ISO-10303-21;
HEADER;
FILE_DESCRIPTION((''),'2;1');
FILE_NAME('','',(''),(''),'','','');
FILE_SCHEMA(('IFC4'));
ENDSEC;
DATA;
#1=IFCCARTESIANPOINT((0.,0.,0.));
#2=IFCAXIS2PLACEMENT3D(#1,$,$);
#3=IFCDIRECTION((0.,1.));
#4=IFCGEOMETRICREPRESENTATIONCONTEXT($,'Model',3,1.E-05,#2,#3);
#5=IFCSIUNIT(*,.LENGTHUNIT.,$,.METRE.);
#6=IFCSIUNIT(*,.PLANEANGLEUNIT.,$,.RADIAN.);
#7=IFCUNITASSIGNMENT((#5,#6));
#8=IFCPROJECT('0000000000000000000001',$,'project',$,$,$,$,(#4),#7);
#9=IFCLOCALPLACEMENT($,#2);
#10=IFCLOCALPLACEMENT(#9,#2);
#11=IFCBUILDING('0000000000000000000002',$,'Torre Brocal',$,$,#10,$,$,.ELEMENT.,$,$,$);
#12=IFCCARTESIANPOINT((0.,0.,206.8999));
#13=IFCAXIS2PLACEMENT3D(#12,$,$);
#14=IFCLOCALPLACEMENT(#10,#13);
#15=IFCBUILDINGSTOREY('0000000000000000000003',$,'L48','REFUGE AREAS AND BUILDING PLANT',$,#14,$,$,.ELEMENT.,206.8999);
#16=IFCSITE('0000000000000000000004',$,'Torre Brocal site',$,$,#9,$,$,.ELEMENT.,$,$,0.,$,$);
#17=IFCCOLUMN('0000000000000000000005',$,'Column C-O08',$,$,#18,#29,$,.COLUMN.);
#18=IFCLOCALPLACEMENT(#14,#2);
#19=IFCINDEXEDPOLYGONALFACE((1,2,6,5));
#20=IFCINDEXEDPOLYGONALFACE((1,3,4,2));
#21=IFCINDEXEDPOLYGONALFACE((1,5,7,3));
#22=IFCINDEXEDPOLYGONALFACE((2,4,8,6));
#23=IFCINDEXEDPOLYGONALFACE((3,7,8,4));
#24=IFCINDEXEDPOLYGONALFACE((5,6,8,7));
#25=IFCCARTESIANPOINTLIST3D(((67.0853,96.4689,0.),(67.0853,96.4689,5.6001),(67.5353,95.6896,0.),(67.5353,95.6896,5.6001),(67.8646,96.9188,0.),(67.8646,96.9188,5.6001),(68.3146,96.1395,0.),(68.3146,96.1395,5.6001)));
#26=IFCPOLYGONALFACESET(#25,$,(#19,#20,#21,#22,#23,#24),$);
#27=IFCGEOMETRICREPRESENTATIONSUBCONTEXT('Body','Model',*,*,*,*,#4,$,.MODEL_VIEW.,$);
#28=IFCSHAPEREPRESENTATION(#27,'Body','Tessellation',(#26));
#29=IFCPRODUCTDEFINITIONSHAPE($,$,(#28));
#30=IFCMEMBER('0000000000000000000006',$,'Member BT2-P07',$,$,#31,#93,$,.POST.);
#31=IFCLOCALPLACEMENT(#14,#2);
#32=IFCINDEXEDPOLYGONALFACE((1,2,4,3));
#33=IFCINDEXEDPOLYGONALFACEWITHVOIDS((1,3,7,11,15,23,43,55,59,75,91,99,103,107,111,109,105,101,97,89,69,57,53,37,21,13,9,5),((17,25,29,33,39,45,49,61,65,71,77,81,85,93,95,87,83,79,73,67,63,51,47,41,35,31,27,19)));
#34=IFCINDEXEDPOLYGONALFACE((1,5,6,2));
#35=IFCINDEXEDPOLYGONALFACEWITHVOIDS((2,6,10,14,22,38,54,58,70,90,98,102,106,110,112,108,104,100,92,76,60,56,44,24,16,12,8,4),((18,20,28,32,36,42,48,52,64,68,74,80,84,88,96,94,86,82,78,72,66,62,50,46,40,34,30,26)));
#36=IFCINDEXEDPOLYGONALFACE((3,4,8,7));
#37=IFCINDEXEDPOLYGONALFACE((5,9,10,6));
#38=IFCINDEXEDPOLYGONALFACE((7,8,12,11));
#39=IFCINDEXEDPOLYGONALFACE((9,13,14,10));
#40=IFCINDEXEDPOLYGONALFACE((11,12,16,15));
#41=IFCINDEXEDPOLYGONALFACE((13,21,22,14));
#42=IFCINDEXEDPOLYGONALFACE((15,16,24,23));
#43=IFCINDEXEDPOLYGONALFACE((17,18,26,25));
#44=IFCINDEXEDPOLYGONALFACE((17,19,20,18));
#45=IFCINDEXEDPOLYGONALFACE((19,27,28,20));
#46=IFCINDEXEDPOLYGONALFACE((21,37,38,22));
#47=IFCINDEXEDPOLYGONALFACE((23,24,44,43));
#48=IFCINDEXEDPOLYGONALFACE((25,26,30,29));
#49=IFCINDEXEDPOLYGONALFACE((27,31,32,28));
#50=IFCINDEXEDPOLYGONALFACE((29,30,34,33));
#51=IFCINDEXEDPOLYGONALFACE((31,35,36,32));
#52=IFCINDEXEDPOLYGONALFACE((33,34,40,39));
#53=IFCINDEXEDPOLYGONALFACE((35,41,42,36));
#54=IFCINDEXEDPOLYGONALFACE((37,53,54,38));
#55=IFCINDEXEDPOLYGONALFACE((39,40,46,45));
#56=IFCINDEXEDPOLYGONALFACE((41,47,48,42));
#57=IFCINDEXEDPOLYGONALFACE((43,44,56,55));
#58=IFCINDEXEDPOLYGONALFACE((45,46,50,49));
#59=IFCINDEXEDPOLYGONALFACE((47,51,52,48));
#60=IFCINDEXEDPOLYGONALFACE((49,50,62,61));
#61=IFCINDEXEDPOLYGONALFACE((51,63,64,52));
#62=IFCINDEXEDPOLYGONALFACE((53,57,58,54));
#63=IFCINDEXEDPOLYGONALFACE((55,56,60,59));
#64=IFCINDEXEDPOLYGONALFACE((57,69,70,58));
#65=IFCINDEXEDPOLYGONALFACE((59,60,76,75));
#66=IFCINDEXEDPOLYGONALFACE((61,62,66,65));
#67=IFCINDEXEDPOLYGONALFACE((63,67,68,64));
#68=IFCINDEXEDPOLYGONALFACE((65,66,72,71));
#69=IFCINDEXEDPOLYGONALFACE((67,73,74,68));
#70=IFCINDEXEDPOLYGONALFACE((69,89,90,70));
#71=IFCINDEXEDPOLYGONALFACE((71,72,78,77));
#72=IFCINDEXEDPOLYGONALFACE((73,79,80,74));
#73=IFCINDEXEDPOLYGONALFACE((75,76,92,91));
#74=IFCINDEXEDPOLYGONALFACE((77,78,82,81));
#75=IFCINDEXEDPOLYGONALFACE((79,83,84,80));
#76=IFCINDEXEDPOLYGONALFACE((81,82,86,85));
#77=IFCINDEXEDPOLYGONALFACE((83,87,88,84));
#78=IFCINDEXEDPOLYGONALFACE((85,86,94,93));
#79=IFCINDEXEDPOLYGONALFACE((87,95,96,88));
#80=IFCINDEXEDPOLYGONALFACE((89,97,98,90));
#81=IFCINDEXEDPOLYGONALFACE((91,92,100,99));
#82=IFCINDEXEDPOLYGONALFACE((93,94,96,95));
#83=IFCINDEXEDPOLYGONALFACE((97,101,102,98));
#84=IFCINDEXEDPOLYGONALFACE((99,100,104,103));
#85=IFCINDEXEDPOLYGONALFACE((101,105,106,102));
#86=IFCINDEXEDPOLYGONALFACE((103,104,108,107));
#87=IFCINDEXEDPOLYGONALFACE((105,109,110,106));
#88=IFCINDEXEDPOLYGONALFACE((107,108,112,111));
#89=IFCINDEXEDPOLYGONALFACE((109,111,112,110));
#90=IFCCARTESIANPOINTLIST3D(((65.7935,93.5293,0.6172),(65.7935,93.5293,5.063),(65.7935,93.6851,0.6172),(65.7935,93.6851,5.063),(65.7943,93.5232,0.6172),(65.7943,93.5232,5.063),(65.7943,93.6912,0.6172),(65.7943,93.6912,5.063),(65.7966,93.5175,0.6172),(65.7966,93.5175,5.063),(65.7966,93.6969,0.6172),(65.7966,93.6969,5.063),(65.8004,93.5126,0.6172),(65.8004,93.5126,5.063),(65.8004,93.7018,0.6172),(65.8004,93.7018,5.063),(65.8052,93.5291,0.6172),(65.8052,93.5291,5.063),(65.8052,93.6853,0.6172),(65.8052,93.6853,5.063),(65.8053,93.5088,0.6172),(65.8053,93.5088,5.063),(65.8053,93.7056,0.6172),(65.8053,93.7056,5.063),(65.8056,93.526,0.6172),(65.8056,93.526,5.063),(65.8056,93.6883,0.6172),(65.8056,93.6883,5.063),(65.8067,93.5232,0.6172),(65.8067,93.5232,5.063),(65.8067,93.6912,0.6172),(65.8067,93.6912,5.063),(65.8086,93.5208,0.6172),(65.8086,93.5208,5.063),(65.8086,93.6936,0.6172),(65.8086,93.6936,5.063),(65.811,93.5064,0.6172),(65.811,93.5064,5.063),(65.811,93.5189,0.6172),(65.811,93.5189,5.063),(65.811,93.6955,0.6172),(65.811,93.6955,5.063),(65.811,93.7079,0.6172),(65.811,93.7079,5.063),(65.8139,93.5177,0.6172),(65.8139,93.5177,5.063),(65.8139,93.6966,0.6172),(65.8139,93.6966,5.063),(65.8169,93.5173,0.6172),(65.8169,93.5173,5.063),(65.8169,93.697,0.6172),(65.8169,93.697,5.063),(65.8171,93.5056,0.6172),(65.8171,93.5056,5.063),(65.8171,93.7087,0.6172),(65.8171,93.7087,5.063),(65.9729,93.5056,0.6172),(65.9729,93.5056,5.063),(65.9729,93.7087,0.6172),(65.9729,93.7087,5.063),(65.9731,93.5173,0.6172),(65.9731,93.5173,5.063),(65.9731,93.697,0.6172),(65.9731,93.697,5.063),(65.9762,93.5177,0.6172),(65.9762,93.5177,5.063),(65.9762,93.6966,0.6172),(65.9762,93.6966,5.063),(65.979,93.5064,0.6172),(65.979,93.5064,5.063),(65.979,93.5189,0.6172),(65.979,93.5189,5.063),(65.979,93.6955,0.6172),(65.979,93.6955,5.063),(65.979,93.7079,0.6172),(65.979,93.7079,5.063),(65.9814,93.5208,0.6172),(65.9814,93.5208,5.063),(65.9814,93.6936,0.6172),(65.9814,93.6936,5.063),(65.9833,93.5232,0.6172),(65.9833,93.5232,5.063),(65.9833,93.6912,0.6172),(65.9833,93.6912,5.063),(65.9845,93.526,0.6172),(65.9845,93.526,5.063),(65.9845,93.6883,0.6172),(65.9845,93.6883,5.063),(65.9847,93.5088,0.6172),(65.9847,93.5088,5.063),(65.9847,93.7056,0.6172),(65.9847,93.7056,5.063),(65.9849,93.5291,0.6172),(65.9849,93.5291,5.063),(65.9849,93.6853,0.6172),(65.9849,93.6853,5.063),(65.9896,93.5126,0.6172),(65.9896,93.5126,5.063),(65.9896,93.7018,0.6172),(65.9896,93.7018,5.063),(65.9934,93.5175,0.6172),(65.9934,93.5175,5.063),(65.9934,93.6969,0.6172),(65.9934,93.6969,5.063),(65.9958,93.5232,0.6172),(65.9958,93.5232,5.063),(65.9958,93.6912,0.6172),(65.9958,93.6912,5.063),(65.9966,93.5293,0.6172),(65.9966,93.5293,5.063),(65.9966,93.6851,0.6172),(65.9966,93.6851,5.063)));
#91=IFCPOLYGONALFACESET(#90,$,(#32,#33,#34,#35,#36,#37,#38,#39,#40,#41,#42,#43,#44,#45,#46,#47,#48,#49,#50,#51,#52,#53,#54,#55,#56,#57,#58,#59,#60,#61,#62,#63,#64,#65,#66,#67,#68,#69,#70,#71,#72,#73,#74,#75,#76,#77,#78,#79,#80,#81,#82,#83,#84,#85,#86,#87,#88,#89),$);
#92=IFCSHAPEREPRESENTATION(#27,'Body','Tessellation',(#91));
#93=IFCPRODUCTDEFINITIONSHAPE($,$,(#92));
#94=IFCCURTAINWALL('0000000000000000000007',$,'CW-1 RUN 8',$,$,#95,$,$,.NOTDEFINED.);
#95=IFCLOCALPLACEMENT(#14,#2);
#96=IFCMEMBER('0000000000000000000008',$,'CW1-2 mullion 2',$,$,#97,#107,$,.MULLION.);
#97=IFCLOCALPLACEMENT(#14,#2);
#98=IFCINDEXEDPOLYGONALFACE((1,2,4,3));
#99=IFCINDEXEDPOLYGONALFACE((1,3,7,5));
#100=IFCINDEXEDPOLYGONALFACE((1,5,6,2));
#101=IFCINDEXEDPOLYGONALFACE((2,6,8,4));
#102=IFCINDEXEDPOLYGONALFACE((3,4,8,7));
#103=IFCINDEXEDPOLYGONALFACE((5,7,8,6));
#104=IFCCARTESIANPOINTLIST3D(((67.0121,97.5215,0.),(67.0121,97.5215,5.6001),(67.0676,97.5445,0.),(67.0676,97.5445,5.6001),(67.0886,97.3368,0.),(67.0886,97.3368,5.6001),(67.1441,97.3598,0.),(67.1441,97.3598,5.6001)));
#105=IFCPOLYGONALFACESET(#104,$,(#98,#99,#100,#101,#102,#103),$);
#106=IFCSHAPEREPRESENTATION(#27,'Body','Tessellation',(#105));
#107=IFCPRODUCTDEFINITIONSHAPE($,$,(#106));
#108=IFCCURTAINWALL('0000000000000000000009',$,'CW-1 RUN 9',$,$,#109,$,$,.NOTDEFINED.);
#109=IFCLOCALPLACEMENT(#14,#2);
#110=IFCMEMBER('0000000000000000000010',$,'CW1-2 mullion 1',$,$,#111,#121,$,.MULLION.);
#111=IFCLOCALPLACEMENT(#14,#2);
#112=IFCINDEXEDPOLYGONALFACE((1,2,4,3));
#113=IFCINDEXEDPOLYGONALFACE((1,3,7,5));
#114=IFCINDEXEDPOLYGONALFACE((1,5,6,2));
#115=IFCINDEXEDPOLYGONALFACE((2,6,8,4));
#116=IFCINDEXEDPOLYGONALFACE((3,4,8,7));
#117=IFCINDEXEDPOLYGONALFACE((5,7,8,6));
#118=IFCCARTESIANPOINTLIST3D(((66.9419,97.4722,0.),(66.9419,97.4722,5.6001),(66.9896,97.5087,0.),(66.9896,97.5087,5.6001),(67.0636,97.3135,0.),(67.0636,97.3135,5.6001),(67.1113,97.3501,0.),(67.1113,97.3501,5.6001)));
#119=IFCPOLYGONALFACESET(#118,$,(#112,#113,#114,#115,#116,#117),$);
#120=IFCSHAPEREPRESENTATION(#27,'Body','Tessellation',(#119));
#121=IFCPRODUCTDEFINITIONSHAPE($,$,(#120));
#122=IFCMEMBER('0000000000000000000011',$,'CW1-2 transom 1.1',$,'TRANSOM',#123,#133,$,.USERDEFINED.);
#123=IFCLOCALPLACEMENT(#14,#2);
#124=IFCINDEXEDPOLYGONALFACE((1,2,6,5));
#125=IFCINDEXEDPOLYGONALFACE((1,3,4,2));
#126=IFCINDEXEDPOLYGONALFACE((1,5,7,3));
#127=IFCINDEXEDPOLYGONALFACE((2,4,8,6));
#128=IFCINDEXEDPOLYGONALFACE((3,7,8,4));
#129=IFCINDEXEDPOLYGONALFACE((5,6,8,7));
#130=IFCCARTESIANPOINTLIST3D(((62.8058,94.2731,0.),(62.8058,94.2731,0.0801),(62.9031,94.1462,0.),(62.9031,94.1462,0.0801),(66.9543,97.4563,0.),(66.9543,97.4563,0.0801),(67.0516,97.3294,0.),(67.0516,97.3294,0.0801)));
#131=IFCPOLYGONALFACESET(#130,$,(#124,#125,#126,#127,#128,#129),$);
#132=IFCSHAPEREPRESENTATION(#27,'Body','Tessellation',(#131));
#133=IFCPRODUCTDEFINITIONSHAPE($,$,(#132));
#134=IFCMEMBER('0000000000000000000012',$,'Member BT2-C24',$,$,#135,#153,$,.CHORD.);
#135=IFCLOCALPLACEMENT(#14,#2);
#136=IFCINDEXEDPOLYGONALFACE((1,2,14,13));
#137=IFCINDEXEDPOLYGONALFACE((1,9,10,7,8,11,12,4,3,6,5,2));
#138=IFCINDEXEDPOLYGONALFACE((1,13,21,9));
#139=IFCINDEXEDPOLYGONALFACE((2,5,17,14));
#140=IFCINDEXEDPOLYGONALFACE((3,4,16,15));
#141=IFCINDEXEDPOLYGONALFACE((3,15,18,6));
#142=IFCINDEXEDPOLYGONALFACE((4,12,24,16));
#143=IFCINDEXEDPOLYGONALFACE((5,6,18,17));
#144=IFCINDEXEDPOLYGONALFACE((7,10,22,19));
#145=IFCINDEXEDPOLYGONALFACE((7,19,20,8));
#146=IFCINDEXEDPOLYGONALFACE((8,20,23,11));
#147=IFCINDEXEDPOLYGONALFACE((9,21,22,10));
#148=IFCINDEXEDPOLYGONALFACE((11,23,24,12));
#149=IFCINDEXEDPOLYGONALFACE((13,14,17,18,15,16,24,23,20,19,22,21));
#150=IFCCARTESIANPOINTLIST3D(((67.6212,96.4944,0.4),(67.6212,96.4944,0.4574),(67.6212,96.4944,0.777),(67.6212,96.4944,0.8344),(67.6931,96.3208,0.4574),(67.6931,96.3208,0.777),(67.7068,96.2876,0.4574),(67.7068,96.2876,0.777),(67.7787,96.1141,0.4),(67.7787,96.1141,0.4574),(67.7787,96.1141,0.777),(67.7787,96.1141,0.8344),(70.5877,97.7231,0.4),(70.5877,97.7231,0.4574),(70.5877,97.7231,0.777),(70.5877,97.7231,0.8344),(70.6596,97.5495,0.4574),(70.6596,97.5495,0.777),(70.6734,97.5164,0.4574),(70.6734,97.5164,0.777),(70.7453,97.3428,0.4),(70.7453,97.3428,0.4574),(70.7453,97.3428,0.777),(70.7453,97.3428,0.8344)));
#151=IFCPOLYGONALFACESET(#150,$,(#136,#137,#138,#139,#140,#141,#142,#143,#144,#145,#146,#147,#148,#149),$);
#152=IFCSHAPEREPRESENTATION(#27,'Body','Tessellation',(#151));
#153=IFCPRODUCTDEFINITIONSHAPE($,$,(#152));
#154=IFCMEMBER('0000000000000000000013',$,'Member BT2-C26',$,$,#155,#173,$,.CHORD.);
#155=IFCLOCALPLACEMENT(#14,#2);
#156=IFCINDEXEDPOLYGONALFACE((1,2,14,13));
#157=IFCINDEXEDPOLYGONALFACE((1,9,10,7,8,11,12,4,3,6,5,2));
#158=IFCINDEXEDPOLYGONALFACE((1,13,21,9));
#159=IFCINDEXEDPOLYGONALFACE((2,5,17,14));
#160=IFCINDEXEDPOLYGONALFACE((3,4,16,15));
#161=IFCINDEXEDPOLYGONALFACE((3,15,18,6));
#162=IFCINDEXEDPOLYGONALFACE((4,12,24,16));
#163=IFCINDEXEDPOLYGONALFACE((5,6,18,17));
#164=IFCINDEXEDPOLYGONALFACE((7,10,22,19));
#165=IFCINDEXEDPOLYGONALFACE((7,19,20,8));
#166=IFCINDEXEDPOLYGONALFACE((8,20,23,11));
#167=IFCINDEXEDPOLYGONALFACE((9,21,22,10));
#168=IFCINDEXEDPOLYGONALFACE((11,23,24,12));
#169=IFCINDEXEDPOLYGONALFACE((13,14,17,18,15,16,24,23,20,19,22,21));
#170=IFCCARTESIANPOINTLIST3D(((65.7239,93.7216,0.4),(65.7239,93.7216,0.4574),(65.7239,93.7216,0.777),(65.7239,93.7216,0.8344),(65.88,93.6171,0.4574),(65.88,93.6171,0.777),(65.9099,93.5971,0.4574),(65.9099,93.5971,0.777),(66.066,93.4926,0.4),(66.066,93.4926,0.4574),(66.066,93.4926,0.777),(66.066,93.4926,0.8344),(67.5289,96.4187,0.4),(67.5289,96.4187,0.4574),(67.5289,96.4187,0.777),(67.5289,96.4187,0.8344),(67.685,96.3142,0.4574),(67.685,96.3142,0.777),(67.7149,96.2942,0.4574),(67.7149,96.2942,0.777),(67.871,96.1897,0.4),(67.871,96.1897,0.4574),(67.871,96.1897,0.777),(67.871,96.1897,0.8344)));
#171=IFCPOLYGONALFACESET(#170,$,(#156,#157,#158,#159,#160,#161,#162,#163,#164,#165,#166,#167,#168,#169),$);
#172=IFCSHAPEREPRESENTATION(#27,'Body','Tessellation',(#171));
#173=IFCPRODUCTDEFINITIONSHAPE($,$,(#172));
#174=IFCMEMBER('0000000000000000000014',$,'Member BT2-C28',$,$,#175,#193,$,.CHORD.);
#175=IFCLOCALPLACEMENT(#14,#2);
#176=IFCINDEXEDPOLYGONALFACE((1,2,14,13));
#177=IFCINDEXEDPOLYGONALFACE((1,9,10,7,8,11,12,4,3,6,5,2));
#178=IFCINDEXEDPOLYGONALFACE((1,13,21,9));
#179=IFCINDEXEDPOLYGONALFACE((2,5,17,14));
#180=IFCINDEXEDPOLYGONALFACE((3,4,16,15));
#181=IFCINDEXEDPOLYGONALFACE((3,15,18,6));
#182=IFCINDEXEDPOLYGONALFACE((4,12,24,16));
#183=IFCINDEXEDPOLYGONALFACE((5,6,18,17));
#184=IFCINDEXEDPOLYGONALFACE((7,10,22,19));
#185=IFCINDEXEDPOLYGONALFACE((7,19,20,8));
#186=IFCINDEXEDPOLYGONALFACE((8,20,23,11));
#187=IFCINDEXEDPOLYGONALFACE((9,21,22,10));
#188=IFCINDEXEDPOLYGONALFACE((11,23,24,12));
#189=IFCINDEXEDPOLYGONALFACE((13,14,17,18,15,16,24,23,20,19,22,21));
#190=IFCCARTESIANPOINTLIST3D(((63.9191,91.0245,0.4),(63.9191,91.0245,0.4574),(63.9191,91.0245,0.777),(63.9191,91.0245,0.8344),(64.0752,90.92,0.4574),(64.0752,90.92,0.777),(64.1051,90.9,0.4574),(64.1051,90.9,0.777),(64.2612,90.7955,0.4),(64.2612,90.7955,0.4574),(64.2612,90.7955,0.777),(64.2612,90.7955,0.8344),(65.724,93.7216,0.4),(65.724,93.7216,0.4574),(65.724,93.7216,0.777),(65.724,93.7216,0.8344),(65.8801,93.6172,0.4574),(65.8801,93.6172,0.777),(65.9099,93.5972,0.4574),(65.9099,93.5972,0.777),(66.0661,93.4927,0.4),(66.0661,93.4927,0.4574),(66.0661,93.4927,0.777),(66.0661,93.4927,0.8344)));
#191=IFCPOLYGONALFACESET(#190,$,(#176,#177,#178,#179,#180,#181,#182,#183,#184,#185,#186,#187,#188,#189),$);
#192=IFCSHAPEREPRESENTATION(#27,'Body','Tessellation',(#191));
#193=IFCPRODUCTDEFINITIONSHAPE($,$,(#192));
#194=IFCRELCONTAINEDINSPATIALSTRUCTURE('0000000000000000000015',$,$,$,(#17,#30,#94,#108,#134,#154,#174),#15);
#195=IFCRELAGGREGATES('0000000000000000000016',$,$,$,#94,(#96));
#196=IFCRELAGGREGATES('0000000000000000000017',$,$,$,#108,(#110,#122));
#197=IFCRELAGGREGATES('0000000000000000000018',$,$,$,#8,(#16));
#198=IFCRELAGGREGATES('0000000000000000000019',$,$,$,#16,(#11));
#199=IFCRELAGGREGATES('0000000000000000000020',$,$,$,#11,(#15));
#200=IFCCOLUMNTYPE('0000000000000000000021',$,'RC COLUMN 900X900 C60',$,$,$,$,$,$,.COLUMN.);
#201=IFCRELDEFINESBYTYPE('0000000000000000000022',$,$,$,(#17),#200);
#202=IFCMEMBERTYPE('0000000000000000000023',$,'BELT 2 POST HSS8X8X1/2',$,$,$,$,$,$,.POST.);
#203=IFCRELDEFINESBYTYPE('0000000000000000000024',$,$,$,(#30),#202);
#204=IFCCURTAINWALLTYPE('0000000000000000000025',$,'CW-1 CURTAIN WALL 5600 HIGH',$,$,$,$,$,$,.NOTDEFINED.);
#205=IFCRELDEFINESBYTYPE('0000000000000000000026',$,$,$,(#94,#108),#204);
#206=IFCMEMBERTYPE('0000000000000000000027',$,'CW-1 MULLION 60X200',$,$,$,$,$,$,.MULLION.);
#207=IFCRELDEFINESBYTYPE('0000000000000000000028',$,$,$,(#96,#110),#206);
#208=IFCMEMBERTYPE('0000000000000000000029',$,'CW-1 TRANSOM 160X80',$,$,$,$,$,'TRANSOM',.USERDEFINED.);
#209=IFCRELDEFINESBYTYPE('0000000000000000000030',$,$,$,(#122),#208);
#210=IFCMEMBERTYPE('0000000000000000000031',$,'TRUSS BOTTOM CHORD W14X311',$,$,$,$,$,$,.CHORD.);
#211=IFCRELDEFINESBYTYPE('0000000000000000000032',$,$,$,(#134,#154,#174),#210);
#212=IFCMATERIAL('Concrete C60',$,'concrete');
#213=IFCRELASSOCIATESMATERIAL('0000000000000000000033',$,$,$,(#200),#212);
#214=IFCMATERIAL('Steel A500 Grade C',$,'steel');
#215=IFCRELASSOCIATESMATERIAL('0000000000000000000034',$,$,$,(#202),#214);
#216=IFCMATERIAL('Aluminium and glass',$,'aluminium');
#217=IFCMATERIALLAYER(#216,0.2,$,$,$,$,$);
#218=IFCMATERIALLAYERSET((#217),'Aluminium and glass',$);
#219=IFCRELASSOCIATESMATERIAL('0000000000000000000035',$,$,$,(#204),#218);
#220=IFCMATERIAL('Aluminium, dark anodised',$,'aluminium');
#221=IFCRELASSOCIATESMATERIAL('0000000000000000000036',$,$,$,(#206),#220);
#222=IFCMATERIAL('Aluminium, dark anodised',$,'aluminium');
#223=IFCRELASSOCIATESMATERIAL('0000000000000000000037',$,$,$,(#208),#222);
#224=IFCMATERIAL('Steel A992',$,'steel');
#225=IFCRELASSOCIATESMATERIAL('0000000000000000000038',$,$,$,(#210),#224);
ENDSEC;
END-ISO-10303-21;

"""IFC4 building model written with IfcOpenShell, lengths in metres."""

from ifc_helpers import new_model, si_unit, direction, frame, origin, origin_2d, place, context, subcontext, project, spatial, rectangle, hollow_rectangle, i_section, extrude, material, layer, layer_set, material_profile, profile_set, type_object, element, aggregate, save


model = new_model("IFC4")

# Units and contexts
model_context = context("Model", 3, precision=1e-05, world=origin(), true_north=direction((0.0, 1.0)))
body_context = subcontext(model_context, "Body", "Model", "MODEL_VIEW")
ifc_project = project(units=[si_unit("LENGTHUNIT", "METRE"), si_unit("PLANEANGLEUNIT", "RADIAN")], contexts=[model_context])

# Site, building, storey
site_placement = place(None, origin())
site = spatial("IfcSite", under=ifc_project, at=site_placement, Name="Torre Brocal site", CompositionType="ELEMENT", RefElevation=0.0)
building_placement = place(site_placement, origin())
building = spatial("IfcBuilding", under=site, at=building_placement, Name="Torre Brocal", CompositionType="ELEMENT")
storey_placement = place(building_placement, frame((0.0, 0.0, 206.8999)))
storey = spatial("IfcBuildingStorey", under=building, at=storey_placement, Name="L48", Description="REFUGE AREAS AND BUILDING PLANT", CompositionType="ELEMENT", Elevation=206.8999)

# Column
ifc_material_1 = material(Name="Concrete C60", Category="concrete")
ifc_material_profile_1 = material_profile(ifc_material_1, rectangle(XDim=0.8999, YDim=0.8999, at=origin_2d()), Name="RC 900X900")
ifc_profile_set_1 = profile_set([ifc_material_profile_1], Name="Concrete C60")
column_type = type_object("IfcColumnType", Name="RC COLUMN 900X900 C60", PredefinedType="COLUMN", material=ifc_profile_set_1)
column_placement = place(storey_placement, frame((67.7, 96.3042, 0.0), z_axis=(0.0, 0.0, 1.0), x_axis=(-0.5, 0.866025, 0.0)))
element("IfcColumn", 1, at=column_placement, inside=storey, type_object=column_type, Name="Column C-O08", PredefinedType="COLUMN", context=body_context, shape_type="SweptSolid", body=[
    extrude(rectangle(XDim=0.8999, YDim=0.8999, at=origin_2d()), origin(), (0.0, 0.0, 1.0), 5.6001),
])

# Member
ifc_material_2 = material(Name="Steel A500 Grade C", Category="steel")
ifc_material_profile_2 = material_profile(ifc_material_2, hollow_rectangle(XDim=0.2031, YDim=0.2031, WallThickness=0.0117, InnerFilletRadius=0.0117, OuterFilletRadius=0.0237, at=origin_2d()), Name="HSS8X8X1/2")
ifc_profile_set_2 = profile_set([ifc_material_profile_2], Name="Steel A500 Grade C")
member_type_1 = type_object("IfcMemberType", Name="BELT 2 POST HSS8X8X1/2", PredefinedType="POST", material=ifc_profile_set_2)
member_1_placement = place(storey_placement, frame((65.895, 93.6072, 0.6172), z_axis=(0.0, 0.0, 1.0), x_axis=(1.0, 0.0, 0.0)))
element("IfcMember", 2, at=member_1_placement, inside=storey, type_object=member_type_1, Name="Member BT2-P07", PredefinedType="POST", context=body_context, shape_type="SweptSolid", body=[
    extrude(hollow_rectangle(XDim=0.2031, YDim=0.2031, WallThickness=0.0117, InnerFilletRadius=0.0117, OuterFilletRadius=0.0237, at=origin_2d()), origin(), (0.0, 0.0, 1.0), 4.4458),
])

# Curtain wall, member
ifc_material_3 = material(Name="Aluminium and glass", Category="aluminium")
ifc_layer_1 = layer(ifc_material_3, 0.2)
ifc_layer_set_1 = layer_set([ifc_layer_1], Name="Aluminium and glass")
curtain_wall_type = type_object("IfcCurtainWallType", Name="CW-1 CURTAIN WALL 5600 HIGH", PredefinedType="NOTDEFINED", material=ifc_layer_set_1)
curtain_wall_1_placement = place(storey_placement, origin())
curtain_wall_1 = element("IfcCurtainWall", 3, at=curtain_wall_1_placement, inside=storey, type_object=curtain_wall_type, Name="CW-1 RUN 8", PredefinedType="NOTDEFINED")
ifc_material_4 = material(Name="Aluminium, dark anodised", Category="aluminium")
ifc_material_profile_3 = material_profile(ifc_material_4, rectangle(XDim=0.2, YDim=0.0601, at=origin_2d()), Name="CW-1 MULLION 60X200")
ifc_profile_set_3 = profile_set([ifc_material_profile_3], Name="Aluminium, dark anodised")
member_type_2 = type_object("IfcMemberType", Name="CW-1 MULLION 60X200", PredefinedType="MULLION", material=ifc_profile_set_3)
member_2_placement = place(storey_placement, frame((67.0781, 97.4407, 0.0), z_axis=(0.0, 0.0, 1.0), x_axis=(0.382683, -0.92388, 0.0)))
member_2 = element("IfcMember", 4, at=member_2_placement, type_object=member_type_2, Name="CW1-2 mullion 2", PredefinedType="MULLION", context=body_context, shape_type="SweptSolid", body=[
    extrude(rectangle(XDim=0.2, YDim=0.0601, at=origin_2d()), origin(), (0.0, 0.0, 1.0), 5.6001),
])

# Curtain wall, members
curtain_wall_2_placement = place(storey_placement, origin())
curtain_wall_2 = element("IfcCurtainWall", 5, at=curtain_wall_2_placement, inside=storey, type_object=curtain_wall_type, Name="CW-1 RUN 9", PredefinedType="NOTDEFINED")
member_3_placement = place(storey_placement, frame((67.0266, 97.4111, 0.0), z_axis=(0.0, 0.0, 1.0), x_axis=(0.608761, -0.793353, 0.0)))
member_3 = element("IfcMember", 6, at=member_3_placement, type_object=member_type_2, Name="CW1-2 mullion 1", PredefinedType="MULLION", context=body_context, shape_type="SweptSolid", body=[
    extrude(rectangle(XDim=0.2, YDim=0.0601, at=origin_2d()), origin(), (0.0, 0.0, 1.0), 5.6001),
])
ifc_material_5 = material(Name="Aluminium, dark anodised", Category="aluminium")
ifc_material_profile_4 = material_profile(ifc_material_5, rectangle(XDim=0.1599, YDim=0.0801, at=origin_2d()), Name="CW-1 TRANSOM 160X80")
ifc_profile_set_4 = profile_set([ifc_material_profile_4], Name="Aluminium, dark anodised")
member_type_3 = type_object("IfcMemberType", Name="CW-1 TRANSOM 160X80", ElementType="TRANSOM", PredefinedType="USERDEFINED", material=ifc_profile_set_4)
member_4_placement = place(storey_placement, frame((67.0029, 97.3928, 0.04), z_axis=(-0.793363, -0.608749, 0.0), x_axis=(0.608749, -0.793363, 0.0)))
member_4 = element("IfcMember", 7, at=member_4_placement, type_object=member_type_3, Name="CW1-2 transom 1.1", ObjectType="TRANSOM", PredefinedType="USERDEFINED", context=body_context, shape_type="SweptSolid", body=[
    extrude(rectangle(XDim=0.1599, YDim=0.0801, at=origin_2d()), origin(), (0.0, 0.0, 1.0), 5.229),
])

# Members
ifc_material_6 = material(Name="Steel A992", Category="steel")
ifc_material_profile_5 = material_profile(ifc_material_6, i_section(OverallWidth=0.4116, OverallDepth=0.4343, WebThickness=0.0359, FlangeThickness=0.0574, at=origin_2d()), Name="W14X311")
ifc_profile_set_5 = profile_set([ifc_material_profile_5], Name="Steel A992")
member_type_4 = type_object("IfcMemberType", Name="TRUSS BOTTOM CHORD W14X311", PredefinedType="CHORD", material=ifc_profile_set_5)
member_5_placement = place(storey_placement, frame((70.6665, 97.533, 0.6172), z_axis=(-0.923882, -0.382676, 0.0), x_axis=(0.382676, -0.923882, 0.0)))
element("IfcMember", 8, at=member_5_placement, inside=storey, type_object=member_type_4, Name="Member BT2-C24", PredefinedType="CHORD", context=body_context, shape_type="SweptSolid", body=[
    extrude(i_section(OverallWidth=0.4116, OverallDepth=0.4343, WebThickness=0.0359, FlangeThickness=0.0574, at=origin_2d()), origin(), (0.0, 0.0, 1.0), 3.2109),
])
for number, where, z_axis, x_axis, name in (
    (9, (67.7, 96.3042, 0.6172), (-0.556175, -0.831065, 0.0), (0.831065, -0.556175, 0.0), "Member BT2-C26"),
    (10, (65.895, 93.6072, 0.6172), (-0.55614, -0.831088, 0.0), (0.831088, -0.55614, 0.0), "Member BT2-C28"),
):
    element("IfcMember", number, at=place(storey_placement, frame(where, z_axis=z_axis, x_axis=x_axis)), inside=storey, type_object=member_type_4, Name=name, PredefinedType="CHORD", context=body_context, shape_type="SweptSolid", body=[
        extrude(i_section(OverallWidth=0.4116, OverallDepth=0.4343, WebThickness=0.0359, FlangeThickness=0.0574, at=origin_2d()), origin(), (0.0, 0.0, 1.0), 3.2454),
    ])

aggregate(curtain_wall_1, [member_2])
aggregate(curtain_wall_2, [member_3, member_4])

save(model, "model.ifc")
